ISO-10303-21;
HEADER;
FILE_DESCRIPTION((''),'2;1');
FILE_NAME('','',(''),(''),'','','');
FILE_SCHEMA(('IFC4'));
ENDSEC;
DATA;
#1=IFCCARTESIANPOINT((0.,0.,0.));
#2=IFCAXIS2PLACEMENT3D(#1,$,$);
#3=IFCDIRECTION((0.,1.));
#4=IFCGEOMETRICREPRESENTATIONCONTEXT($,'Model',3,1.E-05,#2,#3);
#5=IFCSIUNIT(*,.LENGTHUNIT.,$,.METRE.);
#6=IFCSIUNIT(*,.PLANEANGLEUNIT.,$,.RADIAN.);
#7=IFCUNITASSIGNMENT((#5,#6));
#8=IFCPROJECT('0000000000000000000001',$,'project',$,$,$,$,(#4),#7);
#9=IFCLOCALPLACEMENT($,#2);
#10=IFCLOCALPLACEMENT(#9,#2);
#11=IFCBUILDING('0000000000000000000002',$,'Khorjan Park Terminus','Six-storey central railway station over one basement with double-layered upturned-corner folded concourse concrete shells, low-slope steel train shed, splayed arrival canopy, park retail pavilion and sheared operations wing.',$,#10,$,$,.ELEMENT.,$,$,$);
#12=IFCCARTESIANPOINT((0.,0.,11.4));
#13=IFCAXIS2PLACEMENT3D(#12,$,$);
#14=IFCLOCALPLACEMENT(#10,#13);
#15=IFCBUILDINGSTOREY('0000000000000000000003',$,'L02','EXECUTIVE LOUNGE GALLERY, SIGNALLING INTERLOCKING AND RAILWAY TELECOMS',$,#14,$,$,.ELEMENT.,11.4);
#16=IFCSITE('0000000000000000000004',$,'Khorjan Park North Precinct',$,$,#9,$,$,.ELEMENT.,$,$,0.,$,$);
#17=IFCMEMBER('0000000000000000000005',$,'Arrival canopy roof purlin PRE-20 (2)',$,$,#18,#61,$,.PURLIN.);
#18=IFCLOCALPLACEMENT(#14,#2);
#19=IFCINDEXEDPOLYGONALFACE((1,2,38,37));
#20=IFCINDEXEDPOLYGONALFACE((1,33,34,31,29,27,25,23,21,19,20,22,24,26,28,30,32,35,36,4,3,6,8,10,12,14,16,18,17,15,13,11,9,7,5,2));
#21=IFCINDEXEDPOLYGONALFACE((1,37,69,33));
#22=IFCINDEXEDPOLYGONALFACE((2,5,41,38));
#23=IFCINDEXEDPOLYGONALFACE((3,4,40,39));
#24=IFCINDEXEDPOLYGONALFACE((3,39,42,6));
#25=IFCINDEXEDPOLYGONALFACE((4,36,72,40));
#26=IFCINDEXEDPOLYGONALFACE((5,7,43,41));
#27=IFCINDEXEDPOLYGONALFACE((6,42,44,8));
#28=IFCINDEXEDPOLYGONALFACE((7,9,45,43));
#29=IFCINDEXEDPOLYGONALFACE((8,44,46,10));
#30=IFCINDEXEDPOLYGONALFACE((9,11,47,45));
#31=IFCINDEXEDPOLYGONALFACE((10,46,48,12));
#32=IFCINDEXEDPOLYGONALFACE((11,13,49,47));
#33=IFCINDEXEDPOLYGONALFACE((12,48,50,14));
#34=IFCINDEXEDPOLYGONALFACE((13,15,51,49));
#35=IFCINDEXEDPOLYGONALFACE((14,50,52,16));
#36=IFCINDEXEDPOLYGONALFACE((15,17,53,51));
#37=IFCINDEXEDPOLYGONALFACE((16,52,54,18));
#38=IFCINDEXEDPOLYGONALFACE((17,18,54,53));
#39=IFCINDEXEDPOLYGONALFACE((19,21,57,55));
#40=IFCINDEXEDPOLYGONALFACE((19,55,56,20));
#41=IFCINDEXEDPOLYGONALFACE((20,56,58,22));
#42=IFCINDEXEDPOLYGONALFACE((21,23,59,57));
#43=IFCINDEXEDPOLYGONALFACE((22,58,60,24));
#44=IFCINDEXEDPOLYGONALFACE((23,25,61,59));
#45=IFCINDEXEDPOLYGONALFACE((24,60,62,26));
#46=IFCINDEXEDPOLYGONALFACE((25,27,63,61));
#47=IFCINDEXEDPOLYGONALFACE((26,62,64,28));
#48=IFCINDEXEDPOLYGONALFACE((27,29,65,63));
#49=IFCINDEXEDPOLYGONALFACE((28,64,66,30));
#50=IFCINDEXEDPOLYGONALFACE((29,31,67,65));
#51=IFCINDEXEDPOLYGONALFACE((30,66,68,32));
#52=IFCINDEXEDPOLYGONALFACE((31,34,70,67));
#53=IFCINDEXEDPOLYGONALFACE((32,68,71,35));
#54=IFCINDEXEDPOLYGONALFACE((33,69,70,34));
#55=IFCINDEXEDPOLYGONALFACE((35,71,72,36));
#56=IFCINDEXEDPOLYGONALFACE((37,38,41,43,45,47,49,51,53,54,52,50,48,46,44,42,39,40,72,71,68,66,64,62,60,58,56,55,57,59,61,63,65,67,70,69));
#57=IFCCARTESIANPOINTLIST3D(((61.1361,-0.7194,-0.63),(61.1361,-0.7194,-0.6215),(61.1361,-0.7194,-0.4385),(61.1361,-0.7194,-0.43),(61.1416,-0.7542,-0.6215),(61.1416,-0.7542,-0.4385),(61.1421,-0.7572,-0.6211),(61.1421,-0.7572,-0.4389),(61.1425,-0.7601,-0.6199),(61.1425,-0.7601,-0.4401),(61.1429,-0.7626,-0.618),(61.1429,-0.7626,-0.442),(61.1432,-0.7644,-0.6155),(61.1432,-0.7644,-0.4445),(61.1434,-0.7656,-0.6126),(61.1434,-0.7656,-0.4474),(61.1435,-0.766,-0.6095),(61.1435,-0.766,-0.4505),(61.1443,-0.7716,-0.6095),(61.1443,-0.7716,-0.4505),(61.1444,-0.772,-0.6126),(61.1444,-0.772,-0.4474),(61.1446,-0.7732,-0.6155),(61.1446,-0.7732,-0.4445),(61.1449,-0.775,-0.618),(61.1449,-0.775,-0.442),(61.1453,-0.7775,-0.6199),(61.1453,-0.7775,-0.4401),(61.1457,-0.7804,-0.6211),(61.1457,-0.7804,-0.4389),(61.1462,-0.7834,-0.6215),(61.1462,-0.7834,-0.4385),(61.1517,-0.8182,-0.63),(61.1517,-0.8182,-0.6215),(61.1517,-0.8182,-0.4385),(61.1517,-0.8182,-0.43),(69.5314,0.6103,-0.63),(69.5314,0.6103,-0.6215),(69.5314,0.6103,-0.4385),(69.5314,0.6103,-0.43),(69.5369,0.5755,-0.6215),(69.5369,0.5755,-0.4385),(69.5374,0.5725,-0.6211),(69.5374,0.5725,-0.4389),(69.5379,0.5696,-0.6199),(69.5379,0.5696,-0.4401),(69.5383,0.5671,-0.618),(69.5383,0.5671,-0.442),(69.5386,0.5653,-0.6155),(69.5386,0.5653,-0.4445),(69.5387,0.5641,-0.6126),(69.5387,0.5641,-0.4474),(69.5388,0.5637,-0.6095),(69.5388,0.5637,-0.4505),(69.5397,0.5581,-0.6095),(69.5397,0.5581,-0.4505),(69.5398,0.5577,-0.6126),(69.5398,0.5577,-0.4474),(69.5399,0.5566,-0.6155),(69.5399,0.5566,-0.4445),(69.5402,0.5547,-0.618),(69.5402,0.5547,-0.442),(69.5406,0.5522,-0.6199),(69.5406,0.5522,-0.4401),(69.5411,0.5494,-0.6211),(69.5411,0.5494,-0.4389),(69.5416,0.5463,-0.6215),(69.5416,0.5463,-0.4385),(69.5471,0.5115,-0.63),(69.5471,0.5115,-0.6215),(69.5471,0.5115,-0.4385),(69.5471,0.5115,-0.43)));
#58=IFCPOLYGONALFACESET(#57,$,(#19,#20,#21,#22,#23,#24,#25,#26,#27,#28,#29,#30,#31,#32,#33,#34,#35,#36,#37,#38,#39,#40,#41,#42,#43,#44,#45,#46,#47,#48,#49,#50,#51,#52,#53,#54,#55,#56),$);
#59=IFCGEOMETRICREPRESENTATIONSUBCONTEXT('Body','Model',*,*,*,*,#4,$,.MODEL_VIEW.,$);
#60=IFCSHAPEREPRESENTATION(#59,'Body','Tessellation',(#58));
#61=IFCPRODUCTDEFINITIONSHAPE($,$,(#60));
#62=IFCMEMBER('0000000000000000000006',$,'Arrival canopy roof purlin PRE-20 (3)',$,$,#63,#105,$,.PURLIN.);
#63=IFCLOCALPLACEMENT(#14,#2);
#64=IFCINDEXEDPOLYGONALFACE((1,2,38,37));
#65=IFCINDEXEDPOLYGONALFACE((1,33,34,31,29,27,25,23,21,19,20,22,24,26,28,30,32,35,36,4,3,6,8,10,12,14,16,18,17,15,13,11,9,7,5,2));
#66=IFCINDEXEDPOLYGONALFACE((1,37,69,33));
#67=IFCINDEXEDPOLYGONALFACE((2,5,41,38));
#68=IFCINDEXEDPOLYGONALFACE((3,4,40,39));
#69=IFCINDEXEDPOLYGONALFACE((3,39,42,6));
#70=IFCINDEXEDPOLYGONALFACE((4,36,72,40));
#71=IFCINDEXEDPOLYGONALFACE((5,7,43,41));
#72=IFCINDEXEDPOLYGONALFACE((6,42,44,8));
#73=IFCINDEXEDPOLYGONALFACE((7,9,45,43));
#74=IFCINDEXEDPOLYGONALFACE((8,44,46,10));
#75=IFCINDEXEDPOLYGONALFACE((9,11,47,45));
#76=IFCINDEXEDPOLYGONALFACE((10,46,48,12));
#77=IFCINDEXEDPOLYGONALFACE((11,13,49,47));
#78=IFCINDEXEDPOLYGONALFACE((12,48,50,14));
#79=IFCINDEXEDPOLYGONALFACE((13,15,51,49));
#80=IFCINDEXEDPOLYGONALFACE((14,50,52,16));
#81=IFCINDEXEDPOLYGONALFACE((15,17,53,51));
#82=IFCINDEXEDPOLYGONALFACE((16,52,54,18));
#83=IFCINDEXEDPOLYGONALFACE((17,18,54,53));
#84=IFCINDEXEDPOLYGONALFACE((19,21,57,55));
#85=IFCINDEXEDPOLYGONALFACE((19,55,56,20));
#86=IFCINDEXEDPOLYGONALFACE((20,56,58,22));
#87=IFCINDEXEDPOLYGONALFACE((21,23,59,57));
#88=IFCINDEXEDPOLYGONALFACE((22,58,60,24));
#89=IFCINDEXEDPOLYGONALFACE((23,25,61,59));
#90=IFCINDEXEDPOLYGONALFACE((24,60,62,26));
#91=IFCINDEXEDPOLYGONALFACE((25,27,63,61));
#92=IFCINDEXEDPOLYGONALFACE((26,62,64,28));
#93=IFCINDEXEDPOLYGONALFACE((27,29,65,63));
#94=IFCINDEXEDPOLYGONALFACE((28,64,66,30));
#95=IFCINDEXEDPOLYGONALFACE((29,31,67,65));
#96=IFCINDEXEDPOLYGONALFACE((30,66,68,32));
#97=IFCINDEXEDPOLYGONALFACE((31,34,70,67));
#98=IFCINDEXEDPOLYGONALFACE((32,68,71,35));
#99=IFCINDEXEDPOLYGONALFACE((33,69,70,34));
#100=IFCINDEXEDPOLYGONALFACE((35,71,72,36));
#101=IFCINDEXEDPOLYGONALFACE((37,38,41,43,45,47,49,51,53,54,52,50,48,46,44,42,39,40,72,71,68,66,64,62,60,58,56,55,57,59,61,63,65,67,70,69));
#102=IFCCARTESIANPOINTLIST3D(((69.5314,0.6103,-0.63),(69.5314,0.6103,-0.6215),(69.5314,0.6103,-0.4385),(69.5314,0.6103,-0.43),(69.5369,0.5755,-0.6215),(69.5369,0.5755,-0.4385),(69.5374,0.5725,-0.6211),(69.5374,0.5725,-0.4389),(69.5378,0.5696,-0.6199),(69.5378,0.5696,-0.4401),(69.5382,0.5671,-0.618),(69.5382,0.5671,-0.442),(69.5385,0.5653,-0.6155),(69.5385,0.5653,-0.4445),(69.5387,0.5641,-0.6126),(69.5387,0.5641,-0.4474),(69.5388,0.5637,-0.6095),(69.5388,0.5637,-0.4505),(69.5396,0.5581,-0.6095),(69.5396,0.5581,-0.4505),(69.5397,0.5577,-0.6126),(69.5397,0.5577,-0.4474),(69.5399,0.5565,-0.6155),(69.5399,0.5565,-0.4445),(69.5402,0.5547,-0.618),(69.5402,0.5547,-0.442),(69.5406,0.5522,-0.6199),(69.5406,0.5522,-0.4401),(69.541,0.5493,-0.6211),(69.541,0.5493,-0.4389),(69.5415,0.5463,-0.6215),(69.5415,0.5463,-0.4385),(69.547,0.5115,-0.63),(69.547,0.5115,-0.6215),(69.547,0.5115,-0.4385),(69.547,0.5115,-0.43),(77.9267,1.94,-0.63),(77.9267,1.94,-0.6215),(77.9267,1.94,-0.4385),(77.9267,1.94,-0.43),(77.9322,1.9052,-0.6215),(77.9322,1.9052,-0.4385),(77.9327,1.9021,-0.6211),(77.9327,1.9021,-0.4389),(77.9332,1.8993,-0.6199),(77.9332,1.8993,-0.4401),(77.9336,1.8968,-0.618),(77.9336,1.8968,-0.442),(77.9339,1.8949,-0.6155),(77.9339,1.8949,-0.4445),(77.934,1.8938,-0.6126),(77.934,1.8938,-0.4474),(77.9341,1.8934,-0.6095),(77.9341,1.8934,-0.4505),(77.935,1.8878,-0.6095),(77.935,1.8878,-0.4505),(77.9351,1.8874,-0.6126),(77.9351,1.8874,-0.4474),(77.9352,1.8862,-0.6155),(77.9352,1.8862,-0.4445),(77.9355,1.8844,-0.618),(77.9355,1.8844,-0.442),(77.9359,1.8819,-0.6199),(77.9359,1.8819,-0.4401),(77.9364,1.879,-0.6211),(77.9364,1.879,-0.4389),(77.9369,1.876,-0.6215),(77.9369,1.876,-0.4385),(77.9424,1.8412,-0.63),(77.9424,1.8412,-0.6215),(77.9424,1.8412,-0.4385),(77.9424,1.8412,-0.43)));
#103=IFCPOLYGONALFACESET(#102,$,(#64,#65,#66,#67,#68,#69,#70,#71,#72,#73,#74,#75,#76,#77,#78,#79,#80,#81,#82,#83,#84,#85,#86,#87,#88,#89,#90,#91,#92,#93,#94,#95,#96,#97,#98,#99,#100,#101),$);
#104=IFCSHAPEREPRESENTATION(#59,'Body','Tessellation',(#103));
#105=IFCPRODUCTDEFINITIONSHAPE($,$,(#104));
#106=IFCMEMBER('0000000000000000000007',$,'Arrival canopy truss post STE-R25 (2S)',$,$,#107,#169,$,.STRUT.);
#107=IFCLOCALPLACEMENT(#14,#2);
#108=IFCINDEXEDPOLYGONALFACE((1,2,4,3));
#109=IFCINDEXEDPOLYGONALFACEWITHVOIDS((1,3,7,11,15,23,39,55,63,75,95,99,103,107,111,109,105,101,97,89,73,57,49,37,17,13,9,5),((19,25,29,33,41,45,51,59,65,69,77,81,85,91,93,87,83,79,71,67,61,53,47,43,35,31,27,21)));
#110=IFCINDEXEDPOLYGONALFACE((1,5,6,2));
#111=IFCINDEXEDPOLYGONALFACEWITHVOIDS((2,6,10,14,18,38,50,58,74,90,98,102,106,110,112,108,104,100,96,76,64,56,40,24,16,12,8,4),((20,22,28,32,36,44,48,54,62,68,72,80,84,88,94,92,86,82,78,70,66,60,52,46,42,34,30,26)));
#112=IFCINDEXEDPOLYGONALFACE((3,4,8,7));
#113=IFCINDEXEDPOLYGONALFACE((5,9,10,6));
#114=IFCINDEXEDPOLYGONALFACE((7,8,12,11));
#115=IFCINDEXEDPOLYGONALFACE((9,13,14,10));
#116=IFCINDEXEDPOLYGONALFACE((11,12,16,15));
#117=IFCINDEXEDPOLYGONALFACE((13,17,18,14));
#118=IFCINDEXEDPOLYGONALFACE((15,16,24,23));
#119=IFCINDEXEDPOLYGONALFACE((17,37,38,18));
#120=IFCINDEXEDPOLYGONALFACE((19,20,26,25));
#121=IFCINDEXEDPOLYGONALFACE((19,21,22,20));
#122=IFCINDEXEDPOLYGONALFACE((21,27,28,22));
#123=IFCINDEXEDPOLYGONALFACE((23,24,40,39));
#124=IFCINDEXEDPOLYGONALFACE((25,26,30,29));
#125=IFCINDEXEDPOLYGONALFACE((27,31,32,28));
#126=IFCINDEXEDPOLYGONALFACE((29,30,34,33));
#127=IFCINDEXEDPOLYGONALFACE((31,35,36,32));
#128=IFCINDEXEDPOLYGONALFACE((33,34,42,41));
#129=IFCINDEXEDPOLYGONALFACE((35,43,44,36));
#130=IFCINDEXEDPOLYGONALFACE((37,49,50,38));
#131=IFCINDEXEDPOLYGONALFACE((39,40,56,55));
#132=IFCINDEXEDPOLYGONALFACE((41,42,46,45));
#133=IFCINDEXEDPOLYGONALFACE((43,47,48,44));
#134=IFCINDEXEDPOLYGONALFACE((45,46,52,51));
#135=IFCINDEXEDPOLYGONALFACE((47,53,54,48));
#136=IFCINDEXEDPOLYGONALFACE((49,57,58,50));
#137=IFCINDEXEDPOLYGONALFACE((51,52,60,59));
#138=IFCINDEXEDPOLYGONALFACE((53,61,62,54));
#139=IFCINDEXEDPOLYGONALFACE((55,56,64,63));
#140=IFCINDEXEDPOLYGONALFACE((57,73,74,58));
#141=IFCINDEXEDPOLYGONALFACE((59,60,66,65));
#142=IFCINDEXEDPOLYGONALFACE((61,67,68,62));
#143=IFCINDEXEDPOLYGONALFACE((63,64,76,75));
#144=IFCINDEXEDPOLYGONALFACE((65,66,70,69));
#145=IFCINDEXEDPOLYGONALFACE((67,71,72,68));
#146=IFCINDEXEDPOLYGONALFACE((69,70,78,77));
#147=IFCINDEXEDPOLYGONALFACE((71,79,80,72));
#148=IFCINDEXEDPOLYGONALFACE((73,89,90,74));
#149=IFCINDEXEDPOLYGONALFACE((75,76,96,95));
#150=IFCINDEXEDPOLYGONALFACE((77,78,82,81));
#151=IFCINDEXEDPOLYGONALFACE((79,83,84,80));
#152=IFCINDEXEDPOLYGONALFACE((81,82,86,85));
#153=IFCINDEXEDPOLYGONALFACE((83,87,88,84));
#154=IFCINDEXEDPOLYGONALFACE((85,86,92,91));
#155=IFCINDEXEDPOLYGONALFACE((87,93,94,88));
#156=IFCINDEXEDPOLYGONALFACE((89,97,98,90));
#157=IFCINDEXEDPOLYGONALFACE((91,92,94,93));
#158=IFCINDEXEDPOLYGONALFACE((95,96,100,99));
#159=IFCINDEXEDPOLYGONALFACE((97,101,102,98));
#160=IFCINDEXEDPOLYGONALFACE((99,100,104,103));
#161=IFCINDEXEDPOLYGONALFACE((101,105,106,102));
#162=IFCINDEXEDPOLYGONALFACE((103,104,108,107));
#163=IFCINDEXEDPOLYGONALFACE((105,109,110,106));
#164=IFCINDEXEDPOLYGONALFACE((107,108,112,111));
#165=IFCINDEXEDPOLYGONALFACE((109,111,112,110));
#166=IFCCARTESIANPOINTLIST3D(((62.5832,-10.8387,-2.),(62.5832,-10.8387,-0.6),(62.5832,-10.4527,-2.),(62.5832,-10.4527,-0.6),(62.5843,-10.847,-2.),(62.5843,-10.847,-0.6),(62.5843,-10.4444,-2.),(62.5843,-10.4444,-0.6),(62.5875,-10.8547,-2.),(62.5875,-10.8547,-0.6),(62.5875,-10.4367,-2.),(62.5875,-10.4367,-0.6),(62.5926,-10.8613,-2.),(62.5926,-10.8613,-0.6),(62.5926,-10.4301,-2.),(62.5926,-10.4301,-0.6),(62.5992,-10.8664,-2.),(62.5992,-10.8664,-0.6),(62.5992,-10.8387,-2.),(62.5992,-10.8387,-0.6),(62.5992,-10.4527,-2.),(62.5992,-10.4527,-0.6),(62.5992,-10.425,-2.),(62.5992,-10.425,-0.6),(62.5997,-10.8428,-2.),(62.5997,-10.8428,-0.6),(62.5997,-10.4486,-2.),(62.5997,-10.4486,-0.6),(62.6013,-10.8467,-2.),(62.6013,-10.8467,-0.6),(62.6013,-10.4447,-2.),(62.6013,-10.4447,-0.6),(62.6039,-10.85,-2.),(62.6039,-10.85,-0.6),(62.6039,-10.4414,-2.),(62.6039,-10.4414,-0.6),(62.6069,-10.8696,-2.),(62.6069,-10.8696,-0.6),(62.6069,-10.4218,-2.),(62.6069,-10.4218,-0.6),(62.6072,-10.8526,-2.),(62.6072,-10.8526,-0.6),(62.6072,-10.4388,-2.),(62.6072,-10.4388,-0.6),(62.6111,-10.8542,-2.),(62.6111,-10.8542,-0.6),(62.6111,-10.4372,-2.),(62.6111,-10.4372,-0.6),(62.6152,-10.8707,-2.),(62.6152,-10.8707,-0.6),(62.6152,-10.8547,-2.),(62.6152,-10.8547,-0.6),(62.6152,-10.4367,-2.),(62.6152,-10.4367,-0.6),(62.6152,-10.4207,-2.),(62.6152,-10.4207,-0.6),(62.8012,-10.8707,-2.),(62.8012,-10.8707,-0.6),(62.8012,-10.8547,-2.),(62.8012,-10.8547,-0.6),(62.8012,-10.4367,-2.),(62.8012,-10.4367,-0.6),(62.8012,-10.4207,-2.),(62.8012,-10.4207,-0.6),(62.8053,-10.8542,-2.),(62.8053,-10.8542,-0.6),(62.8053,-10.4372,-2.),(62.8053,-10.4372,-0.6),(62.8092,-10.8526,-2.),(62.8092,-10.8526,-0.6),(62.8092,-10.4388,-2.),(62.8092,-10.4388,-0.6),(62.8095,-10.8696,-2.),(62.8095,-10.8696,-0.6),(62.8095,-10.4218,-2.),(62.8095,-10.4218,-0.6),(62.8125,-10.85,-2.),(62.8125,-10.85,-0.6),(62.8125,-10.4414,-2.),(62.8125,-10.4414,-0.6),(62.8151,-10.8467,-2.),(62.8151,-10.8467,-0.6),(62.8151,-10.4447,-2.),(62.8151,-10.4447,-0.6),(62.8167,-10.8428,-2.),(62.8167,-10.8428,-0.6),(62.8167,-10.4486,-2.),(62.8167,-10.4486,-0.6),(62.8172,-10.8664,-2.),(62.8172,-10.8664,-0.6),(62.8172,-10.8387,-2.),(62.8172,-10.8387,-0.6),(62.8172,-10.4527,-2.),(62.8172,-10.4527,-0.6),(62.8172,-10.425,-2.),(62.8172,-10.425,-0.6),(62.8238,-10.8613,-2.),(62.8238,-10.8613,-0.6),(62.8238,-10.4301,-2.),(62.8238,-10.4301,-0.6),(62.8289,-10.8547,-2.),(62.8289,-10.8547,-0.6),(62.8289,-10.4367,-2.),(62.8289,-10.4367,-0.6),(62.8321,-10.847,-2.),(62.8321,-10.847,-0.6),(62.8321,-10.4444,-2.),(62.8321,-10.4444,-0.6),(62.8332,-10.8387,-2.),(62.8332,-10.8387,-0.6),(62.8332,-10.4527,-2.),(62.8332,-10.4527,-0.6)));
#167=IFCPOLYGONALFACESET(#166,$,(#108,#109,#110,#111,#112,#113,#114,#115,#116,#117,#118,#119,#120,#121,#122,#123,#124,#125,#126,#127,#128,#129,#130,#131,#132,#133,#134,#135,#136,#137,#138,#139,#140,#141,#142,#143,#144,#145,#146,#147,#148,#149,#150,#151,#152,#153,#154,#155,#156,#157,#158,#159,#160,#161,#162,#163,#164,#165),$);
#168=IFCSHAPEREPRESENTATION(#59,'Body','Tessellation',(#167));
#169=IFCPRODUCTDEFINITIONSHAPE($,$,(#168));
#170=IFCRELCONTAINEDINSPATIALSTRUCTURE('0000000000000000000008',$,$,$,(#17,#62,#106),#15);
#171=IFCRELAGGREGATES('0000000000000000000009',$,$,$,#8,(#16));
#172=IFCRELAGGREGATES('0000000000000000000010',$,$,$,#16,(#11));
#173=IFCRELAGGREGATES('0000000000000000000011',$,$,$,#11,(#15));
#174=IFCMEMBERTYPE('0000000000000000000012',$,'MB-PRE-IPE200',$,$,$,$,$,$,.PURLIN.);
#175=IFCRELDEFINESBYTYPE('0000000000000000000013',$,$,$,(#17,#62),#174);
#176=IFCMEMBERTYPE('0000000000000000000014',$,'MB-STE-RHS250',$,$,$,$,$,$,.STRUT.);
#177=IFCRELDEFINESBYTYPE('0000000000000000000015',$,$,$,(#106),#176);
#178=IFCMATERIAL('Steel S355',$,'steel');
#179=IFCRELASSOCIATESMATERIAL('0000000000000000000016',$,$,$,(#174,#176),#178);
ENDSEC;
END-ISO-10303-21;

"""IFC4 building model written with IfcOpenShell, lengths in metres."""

from ifc_helpers import new_model, si_unit, direction, frame, origin, origin_2d, place, context, subcontext, project, spatial, hollow_rectangle, i_section, extrude, material, material_profile, profile_set, type_object, element, save


model = new_model("IFC4")

# Units and contexts
model_context = context("Model", 3, precision=1e-05, world=origin(), true_north=direction((0.0, 1.0)))
body_context = subcontext(model_context, "Body", "Model", "MODEL_VIEW")
ifc_project = project(units=[si_unit("LENGTHUNIT", "METRE"), si_unit("PLANEANGLEUNIT", "RADIAN")], contexts=[model_context])

# Site, building, storey
site_placement = place(None, origin())
site = spatial("IfcSite", under=ifc_project, at=site_placement, Name="Khorjan Park North Precinct", CompositionType="ELEMENT", RefElevation=0.0)
building_placement = place(site_placement, origin())
building = spatial("IfcBuilding", under=site, at=building_placement, Name="Khorjan Park Terminus", Description="Six-storey central railway station over one basement with double-layered upturned-corner folded concourse concrete shells, low-slope steel train shed, splayed arrival canopy, park retail pavilion and sheared operations wing.", CompositionType="ELEMENT")
storey_placement = place(building_placement, frame((0.0, 0.0, 11.4)))
storey = spatial("IfcBuildingStorey", under=building, at=storey_placement, Name="L02", Description="EXECUTIVE LOUNGE GALLERY, SIGNALLING INTERLOCKING AND RAILWAY TELECOMS", CompositionType="ELEMENT", Elevation=11.4)

# Members
ifc_material = material(Name="Steel S355", Category="steel")
ifc_material_profile_1 = material_profile(ifc_material, i_section(OverallWidth=0.1, OverallDepth=0.2, WebThickness=0.0056, FlangeThickness=0.0085, FilletRadius=0.012, at=origin_2d()), Name="IPE 200")
ifc_profile_set_1 = profile_set([ifc_material_profile_1], Name="Steel S355")
member_type_1 = type_object("IfcMemberType", Name="MB-PRE-IPE200", PredefinedType="PURLIN", material=ifc_profile_set_1)
for number, where, z_axis, x_axis, name in (
    (1, (61.1439, -0.7688, -0.53), (0.987688, 0.156436, 0.0), (-0.156436, 0.987688, 0.0), "Arrival canopy roof purlin PRE-20 (2)"),
    (2, (69.5392, 0.5609, -0.53), (0.987688, 0.156434, 0.0), (-0.156434, 0.987688, 0.0), "Arrival canopy roof purlin PRE-20 (3)"),
):
    element("IfcMember", number, at=place(storey_placement, frame(where, z_axis=z_axis, x_axis=x_axis)), inside=storey, type_object=member_type_1, Name=name, PredefinedType="PURLIN", context=body_context, shape_type="SweptSolid", body=[
        extrude(i_section(OverallWidth=0.1, OverallDepth=0.2, WebThickness=0.0056, FlangeThickness=0.0085, FilletRadius=0.012, at=origin_2d()), origin(), (0.0, 0.0, 1.0), 8.5),
    ])
ifc_material_profile_2 = material_profile(ifc_material, hollow_rectangle(XDim=0.25, YDim=0.45, WallThickness=0.016, InnerFilletRadius=0.016, OuterFilletRadius=0.032, at=origin_2d()), Name="RHS 450x250x16")
ifc_profile_set_2 = profile_set([ifc_material_profile_2], Name="Steel S355")
member_type_2 = type_object("IfcMemberType", Name="MB-STE-RHS250", PredefinedType="STRUT", material=ifc_profile_set_2)
member_1_placement = place(storey_placement, frame((62.7082, -10.6457, -2.0), z_axis=(0.0, 0.0, 1.0), x_axis=(1.0, 0.0, 0.0)))
element("IfcMember", 3, at=member_1_placement, inside=storey, type_object=member_type_2, Name="Arrival canopy truss post STE-R25 (2S)", PredefinedType="STRUT", context=body_context, shape_type="SweptSolid", body=[
    extrude(hollow_rectangle(XDim=0.25, YDim=0.45, WallThickness=0.016, InnerFilletRadius=0.016, OuterFilletRadius=0.032, at=origin_2d()), origin(), (0.0, 0.0, 1.0), 1.4),
])

save(model, "model.ifc")
